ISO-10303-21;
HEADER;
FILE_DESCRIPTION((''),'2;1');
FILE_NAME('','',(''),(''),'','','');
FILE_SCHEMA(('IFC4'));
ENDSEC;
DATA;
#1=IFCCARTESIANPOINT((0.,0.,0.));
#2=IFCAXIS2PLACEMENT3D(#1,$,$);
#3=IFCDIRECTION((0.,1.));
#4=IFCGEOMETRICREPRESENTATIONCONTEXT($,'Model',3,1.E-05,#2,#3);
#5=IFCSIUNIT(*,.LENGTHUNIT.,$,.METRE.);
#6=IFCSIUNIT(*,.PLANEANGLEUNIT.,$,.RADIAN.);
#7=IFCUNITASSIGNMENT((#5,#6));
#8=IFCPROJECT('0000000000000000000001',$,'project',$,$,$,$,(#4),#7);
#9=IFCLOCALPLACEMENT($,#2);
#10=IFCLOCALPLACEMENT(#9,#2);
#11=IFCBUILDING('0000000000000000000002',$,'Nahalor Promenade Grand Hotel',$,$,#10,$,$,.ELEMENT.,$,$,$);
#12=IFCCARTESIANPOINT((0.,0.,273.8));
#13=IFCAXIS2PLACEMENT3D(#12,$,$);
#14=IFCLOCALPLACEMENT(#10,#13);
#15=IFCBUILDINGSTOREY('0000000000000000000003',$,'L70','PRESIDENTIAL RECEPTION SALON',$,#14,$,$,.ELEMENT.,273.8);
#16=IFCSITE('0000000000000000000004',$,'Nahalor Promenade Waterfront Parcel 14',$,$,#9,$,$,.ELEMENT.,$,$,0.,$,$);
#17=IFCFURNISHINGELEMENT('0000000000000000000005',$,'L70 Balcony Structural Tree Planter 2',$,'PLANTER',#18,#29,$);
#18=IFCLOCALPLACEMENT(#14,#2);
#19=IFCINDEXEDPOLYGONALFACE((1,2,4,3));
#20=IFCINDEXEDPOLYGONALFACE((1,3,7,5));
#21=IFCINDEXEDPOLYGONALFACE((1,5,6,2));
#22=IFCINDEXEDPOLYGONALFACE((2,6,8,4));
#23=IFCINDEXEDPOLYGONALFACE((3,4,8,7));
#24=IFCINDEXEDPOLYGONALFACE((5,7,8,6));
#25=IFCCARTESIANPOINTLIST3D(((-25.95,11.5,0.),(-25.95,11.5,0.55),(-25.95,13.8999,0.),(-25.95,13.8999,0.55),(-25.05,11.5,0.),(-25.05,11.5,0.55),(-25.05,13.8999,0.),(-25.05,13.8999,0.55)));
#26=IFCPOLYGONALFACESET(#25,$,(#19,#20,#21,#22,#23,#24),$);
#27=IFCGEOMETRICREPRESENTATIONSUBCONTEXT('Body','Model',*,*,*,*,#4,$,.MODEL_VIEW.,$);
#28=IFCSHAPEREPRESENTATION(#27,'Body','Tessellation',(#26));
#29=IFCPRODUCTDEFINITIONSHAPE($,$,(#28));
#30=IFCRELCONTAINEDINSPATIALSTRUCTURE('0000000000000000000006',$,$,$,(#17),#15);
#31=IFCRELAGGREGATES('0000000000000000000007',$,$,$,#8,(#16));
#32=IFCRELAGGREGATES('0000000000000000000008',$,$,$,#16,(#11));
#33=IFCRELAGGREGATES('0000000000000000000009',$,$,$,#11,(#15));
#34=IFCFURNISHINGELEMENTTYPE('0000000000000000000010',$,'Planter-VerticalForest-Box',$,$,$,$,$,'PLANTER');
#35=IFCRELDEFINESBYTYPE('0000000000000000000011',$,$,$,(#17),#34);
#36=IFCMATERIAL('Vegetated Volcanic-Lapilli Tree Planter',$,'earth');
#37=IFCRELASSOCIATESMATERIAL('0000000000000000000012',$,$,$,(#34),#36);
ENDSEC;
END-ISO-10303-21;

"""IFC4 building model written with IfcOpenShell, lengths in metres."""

from ifc_helpers import new_model, si_unit, direction, frame, origin, origin_2d, place, context, subcontext, project, spatial, rectangle, extrude, source, transform, mapped, material, type_object, element, save


model = new_model("IFC4")

# Units and contexts
model_context = context("Model", 3, precision=1e-05, world=origin(), true_north=direction((0.0, 1.0)))
body_context = subcontext(model_context, "Body", "Model", "MODEL_VIEW")
ifc_project = project(units=[si_unit("LENGTHUNIT", "METRE"), si_unit("PLANEANGLEUNIT", "RADIAN")], contexts=[model_context])

# Site, building, storey
site_placement = place(None, origin())
site = spatial("IfcSite", under=ifc_project, at=site_placement, Name="Nahalor Promenade Waterfront Parcel 14", CompositionType="ELEMENT", RefElevation=0.0)
building_placement = place(site_placement, origin())
building = spatial("IfcBuilding", under=site, at=building_placement, Name="Nahalor Promenade Grand Hotel", CompositionType="ELEMENT")
storey_placement = place(building_placement, frame((0.0, 0.0, 273.8)))
storey = spatial("IfcBuildingStorey", under=building, at=storey_placement, Name="L70", Description="PRESIDENTIAL RECEPTION SALON", CompositionType="ELEMENT", Elevation=273.8)

# Furnishing element
ifc_material_1 = material(Name="Vegetated Volcanic-Lapilli Tree Planter", Category="earth")
furnishing_element_type = type_object("IfcFurnishingElementType", Name="Planter-VerticalForest-Box", ElementType="PLANTER", material=ifc_material_1)
shared_shape_1 = source(origin(), body_context, "Body", "SweptSolid", [
    extrude(rectangle(XDim=2.3999, YDim=0.8999, at=origin_2d()), origin(), (0.0, 0.0, 1.0), 0.55),
])
furnishing_placement = place(storey_placement, frame((-25.5, 12.7, 0.0), z_axis=(0.0, 0.0, 1.0), x_axis=(0.0, 1.0, 0.0)))
element("IfcFurnishingElement", 1, at=furnishing_placement, inside=storey, type_object=furnishing_element_type, Name="L70 Balcony Structural Tree Planter 2", ObjectType="PLANTER", context=body_context, shape_type="MappedRepresentation", body=[
    mapped(shared_shape_1, transform((0.0, 0.0, 0.0), scale=1.0)),
])

save(model, "model.ifc")
